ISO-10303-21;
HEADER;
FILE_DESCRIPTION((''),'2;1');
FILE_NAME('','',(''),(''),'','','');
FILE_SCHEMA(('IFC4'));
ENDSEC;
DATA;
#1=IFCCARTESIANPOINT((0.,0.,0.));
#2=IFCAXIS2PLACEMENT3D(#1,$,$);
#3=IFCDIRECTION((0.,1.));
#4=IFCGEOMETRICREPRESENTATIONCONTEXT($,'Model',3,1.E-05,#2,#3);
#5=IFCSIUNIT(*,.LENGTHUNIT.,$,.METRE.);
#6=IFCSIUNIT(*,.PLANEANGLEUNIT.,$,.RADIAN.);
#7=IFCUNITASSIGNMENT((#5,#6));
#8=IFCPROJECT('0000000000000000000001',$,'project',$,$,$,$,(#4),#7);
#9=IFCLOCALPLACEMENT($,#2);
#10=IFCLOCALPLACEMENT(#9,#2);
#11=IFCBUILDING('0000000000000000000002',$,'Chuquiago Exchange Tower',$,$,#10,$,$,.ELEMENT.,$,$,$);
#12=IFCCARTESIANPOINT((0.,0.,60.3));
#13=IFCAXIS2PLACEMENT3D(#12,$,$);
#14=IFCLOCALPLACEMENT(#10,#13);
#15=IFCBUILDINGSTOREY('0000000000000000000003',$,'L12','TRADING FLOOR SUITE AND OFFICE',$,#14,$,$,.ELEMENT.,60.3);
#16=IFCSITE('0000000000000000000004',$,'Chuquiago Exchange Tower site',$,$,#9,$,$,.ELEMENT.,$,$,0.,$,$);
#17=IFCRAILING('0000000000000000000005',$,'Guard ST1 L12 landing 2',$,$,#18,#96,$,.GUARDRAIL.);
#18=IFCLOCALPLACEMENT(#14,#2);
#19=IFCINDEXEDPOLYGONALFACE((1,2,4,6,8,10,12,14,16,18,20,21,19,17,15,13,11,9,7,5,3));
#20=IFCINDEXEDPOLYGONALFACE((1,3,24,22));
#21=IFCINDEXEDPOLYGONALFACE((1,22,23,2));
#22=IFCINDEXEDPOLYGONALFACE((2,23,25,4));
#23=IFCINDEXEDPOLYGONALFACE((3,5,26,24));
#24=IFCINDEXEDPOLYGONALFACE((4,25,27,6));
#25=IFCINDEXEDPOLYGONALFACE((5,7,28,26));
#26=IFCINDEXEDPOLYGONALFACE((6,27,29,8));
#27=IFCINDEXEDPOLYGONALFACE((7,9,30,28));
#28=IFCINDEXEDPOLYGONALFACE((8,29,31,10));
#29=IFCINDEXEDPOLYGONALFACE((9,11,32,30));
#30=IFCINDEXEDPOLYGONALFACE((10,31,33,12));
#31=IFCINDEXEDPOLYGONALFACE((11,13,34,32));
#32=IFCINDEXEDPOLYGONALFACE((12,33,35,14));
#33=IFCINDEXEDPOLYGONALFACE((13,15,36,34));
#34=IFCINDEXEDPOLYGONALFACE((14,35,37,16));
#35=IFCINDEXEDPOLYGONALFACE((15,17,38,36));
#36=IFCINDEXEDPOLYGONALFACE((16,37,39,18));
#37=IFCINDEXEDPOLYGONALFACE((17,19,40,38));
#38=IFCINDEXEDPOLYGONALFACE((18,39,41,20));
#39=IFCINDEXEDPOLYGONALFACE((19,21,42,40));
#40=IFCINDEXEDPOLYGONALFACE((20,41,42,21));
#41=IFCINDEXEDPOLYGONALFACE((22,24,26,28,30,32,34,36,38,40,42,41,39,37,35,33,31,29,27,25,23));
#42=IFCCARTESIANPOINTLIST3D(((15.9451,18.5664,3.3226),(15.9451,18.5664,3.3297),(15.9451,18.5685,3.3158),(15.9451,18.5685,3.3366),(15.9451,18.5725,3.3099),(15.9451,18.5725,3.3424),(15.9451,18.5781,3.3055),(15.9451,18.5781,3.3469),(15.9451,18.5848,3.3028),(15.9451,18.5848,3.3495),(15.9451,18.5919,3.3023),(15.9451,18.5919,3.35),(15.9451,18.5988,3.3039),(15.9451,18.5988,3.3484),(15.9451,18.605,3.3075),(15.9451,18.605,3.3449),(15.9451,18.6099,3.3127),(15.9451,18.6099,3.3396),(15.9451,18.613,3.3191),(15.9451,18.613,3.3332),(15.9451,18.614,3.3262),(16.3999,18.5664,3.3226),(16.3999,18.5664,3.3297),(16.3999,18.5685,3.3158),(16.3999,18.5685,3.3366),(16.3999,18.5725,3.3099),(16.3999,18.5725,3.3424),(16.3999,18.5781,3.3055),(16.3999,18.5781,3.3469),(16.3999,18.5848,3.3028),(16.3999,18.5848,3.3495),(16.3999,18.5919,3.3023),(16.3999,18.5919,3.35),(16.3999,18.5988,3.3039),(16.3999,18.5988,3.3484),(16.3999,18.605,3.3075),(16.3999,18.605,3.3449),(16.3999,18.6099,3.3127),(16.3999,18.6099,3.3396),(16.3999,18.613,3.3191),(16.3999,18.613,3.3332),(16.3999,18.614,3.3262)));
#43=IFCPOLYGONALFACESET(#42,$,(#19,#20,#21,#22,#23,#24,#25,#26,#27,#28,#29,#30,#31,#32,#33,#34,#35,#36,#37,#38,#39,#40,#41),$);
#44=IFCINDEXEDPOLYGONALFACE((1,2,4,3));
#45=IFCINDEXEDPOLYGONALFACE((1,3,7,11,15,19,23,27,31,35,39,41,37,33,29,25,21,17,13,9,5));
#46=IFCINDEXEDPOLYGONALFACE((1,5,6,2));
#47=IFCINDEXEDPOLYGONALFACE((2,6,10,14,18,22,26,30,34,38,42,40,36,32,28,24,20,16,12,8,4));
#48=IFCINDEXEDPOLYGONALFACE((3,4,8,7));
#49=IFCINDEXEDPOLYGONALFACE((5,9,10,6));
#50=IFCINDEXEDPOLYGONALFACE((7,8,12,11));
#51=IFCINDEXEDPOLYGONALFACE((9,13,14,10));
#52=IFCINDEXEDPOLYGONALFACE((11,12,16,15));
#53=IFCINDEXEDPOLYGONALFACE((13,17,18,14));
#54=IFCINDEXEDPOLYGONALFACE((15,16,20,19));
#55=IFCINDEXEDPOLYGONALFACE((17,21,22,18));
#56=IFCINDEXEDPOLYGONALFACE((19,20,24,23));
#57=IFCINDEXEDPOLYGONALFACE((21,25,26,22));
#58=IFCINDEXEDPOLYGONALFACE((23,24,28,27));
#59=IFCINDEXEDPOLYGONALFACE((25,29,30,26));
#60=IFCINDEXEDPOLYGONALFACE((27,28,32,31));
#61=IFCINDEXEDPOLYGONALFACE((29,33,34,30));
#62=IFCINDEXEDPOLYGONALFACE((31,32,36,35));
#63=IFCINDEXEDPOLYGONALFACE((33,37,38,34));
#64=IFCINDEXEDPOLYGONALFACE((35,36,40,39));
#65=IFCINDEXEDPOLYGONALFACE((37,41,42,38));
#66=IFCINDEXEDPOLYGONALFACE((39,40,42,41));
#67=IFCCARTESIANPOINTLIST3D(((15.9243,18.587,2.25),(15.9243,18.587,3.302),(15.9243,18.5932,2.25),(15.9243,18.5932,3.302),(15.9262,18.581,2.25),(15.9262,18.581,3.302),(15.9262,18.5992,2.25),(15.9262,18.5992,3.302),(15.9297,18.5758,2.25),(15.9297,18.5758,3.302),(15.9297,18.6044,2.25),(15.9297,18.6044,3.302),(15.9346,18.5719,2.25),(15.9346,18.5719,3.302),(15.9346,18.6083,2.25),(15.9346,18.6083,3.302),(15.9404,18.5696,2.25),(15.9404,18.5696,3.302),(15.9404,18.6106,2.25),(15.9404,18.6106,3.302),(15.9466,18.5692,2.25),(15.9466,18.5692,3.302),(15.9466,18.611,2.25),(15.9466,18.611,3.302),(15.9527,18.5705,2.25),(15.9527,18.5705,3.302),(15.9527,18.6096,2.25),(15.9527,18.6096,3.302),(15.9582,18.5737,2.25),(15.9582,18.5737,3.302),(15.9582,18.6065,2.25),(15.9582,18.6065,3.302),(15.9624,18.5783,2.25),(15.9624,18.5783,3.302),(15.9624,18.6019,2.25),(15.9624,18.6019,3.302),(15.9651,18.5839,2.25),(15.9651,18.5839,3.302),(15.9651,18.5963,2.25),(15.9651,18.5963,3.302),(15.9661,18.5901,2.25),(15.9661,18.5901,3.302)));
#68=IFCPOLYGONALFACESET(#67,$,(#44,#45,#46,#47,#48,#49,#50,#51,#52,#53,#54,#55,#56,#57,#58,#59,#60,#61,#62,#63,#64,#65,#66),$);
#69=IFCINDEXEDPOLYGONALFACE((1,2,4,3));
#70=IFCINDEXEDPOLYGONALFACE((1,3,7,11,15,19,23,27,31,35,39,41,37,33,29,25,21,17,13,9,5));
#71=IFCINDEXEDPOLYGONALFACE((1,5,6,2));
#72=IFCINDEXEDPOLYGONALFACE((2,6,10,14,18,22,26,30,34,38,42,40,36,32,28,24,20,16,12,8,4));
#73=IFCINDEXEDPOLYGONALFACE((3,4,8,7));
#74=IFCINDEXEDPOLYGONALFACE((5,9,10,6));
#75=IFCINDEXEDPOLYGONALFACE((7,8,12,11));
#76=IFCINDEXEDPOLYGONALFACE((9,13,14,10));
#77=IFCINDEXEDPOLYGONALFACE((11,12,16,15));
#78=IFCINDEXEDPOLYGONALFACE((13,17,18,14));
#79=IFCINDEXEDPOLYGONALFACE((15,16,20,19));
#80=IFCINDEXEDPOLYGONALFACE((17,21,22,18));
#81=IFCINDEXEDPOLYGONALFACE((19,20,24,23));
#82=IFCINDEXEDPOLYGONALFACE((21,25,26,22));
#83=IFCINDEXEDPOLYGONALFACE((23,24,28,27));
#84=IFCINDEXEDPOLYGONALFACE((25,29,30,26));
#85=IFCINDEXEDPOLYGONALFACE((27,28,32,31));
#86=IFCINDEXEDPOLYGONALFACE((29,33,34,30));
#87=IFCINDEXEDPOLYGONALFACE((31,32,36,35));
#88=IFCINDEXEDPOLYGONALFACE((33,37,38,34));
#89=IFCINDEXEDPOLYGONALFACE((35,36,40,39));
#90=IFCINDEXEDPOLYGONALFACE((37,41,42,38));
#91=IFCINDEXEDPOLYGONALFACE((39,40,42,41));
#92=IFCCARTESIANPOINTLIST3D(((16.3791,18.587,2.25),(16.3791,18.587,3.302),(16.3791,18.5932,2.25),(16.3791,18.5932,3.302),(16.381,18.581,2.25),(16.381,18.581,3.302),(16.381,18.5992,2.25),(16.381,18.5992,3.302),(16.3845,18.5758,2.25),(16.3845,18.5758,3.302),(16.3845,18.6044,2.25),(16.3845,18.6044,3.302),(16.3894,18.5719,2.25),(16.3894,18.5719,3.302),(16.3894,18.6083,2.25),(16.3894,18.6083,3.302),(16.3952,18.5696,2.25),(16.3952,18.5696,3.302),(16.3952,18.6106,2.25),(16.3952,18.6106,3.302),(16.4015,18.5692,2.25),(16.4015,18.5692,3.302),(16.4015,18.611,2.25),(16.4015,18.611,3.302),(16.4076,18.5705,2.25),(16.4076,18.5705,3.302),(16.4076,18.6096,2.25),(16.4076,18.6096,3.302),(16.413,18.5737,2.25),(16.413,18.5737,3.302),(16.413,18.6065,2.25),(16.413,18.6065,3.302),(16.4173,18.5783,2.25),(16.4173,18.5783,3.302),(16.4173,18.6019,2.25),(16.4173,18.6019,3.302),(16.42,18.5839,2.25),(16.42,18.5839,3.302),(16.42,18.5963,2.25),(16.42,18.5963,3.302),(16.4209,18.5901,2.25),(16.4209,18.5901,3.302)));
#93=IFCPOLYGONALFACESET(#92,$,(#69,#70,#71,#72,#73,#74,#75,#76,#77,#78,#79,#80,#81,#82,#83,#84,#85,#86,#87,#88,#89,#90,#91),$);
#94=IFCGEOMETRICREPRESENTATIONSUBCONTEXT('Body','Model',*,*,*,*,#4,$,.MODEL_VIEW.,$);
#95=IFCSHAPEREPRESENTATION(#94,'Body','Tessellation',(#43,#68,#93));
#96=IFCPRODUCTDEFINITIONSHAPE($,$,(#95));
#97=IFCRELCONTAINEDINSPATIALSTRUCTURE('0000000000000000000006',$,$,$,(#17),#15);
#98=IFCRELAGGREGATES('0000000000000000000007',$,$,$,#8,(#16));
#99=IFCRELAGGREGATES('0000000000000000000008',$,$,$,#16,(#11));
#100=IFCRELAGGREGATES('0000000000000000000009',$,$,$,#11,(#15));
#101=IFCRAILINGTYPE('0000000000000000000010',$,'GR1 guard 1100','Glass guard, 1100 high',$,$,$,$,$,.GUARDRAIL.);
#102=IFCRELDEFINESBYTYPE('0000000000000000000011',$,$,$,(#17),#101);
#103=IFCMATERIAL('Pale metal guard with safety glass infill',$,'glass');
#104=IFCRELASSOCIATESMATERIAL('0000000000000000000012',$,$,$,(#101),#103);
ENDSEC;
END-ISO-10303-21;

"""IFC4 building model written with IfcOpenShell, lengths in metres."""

from ifc_helpers import new_model, si_unit, direction, frame, origin, origin_2d, place, context, subcontext, project, spatial, circle, extrude, material, type_object, element, save


model = new_model("IFC4")

# Units and contexts
model_context = context("Model", 3, precision=1e-05, world=origin(), true_north=direction((0.0, 1.0)))
body_context = subcontext(model_context, "Body", "Model", "MODEL_VIEW")
ifc_project = project(units=[si_unit("LENGTHUNIT", "METRE"), si_unit("PLANEANGLEUNIT", "RADIAN")], contexts=[model_context])

# Site, building, storey
site_placement = place(None, origin())
site = spatial("IfcSite", under=ifc_project, at=site_placement, Name="Chuquiago Exchange Tower site", CompositionType="ELEMENT", RefElevation=0.0)
building_placement = place(site_placement, origin())
building = spatial("IfcBuilding", under=site, at=building_placement, Name="Chuquiago Exchange Tower", CompositionType="ELEMENT")
storey_placement = place(building_placement, frame((0.0, 0.0, 60.3)))
storey = spatial("IfcBuildingStorey", under=building, at=storey_placement, Name="L12", Description="TRADING FLOOR SUITE AND OFFICE", CompositionType="ELEMENT", Elevation=60.3)

# Railing
ifc_material_1 = material(Name="Pale metal guard with safety glass infill", Category="glass")
railing_type_1 = type_object("IfcRailingType", Name="GR1 guard 1100", Description="Glass guard, 1100 high", PredefinedType="GUARDRAIL", material=ifc_material_1)
for number, where, name in (
    (1, (15.9451, 18.5901, 2.25), "Guard ST1 L12 landing 2"),
):
    element("IfcRailing", number, at=place(storey_placement, frame(where)), inside=storey, type_object=railing_type_1, Name=name, PredefinedType="GUARDRAIL", context=body_context, shape_type="SweptSolid", body=[
        extrude(circle(Radius=0.0239, at=origin_2d()), frame((0.0, 0.0, 1.0762), z_axis=(1.0, 0.0, 0.0), x_axis=(0.0, 1.0, 0.0)), (0.0, 0.0, 1.0), 0.4548),
        extrude(circle(Radius=0.021, at=origin_2d()), origin(), (0.0, 0.0, 1.0), 1.052),
        extrude(circle(Radius=0.021, at=origin_2d()), frame((0.4548, 0.0, 0.0)), (0.0, 0.0, 1.0), 1.052),
    ])

save(model, "model.ifc")
